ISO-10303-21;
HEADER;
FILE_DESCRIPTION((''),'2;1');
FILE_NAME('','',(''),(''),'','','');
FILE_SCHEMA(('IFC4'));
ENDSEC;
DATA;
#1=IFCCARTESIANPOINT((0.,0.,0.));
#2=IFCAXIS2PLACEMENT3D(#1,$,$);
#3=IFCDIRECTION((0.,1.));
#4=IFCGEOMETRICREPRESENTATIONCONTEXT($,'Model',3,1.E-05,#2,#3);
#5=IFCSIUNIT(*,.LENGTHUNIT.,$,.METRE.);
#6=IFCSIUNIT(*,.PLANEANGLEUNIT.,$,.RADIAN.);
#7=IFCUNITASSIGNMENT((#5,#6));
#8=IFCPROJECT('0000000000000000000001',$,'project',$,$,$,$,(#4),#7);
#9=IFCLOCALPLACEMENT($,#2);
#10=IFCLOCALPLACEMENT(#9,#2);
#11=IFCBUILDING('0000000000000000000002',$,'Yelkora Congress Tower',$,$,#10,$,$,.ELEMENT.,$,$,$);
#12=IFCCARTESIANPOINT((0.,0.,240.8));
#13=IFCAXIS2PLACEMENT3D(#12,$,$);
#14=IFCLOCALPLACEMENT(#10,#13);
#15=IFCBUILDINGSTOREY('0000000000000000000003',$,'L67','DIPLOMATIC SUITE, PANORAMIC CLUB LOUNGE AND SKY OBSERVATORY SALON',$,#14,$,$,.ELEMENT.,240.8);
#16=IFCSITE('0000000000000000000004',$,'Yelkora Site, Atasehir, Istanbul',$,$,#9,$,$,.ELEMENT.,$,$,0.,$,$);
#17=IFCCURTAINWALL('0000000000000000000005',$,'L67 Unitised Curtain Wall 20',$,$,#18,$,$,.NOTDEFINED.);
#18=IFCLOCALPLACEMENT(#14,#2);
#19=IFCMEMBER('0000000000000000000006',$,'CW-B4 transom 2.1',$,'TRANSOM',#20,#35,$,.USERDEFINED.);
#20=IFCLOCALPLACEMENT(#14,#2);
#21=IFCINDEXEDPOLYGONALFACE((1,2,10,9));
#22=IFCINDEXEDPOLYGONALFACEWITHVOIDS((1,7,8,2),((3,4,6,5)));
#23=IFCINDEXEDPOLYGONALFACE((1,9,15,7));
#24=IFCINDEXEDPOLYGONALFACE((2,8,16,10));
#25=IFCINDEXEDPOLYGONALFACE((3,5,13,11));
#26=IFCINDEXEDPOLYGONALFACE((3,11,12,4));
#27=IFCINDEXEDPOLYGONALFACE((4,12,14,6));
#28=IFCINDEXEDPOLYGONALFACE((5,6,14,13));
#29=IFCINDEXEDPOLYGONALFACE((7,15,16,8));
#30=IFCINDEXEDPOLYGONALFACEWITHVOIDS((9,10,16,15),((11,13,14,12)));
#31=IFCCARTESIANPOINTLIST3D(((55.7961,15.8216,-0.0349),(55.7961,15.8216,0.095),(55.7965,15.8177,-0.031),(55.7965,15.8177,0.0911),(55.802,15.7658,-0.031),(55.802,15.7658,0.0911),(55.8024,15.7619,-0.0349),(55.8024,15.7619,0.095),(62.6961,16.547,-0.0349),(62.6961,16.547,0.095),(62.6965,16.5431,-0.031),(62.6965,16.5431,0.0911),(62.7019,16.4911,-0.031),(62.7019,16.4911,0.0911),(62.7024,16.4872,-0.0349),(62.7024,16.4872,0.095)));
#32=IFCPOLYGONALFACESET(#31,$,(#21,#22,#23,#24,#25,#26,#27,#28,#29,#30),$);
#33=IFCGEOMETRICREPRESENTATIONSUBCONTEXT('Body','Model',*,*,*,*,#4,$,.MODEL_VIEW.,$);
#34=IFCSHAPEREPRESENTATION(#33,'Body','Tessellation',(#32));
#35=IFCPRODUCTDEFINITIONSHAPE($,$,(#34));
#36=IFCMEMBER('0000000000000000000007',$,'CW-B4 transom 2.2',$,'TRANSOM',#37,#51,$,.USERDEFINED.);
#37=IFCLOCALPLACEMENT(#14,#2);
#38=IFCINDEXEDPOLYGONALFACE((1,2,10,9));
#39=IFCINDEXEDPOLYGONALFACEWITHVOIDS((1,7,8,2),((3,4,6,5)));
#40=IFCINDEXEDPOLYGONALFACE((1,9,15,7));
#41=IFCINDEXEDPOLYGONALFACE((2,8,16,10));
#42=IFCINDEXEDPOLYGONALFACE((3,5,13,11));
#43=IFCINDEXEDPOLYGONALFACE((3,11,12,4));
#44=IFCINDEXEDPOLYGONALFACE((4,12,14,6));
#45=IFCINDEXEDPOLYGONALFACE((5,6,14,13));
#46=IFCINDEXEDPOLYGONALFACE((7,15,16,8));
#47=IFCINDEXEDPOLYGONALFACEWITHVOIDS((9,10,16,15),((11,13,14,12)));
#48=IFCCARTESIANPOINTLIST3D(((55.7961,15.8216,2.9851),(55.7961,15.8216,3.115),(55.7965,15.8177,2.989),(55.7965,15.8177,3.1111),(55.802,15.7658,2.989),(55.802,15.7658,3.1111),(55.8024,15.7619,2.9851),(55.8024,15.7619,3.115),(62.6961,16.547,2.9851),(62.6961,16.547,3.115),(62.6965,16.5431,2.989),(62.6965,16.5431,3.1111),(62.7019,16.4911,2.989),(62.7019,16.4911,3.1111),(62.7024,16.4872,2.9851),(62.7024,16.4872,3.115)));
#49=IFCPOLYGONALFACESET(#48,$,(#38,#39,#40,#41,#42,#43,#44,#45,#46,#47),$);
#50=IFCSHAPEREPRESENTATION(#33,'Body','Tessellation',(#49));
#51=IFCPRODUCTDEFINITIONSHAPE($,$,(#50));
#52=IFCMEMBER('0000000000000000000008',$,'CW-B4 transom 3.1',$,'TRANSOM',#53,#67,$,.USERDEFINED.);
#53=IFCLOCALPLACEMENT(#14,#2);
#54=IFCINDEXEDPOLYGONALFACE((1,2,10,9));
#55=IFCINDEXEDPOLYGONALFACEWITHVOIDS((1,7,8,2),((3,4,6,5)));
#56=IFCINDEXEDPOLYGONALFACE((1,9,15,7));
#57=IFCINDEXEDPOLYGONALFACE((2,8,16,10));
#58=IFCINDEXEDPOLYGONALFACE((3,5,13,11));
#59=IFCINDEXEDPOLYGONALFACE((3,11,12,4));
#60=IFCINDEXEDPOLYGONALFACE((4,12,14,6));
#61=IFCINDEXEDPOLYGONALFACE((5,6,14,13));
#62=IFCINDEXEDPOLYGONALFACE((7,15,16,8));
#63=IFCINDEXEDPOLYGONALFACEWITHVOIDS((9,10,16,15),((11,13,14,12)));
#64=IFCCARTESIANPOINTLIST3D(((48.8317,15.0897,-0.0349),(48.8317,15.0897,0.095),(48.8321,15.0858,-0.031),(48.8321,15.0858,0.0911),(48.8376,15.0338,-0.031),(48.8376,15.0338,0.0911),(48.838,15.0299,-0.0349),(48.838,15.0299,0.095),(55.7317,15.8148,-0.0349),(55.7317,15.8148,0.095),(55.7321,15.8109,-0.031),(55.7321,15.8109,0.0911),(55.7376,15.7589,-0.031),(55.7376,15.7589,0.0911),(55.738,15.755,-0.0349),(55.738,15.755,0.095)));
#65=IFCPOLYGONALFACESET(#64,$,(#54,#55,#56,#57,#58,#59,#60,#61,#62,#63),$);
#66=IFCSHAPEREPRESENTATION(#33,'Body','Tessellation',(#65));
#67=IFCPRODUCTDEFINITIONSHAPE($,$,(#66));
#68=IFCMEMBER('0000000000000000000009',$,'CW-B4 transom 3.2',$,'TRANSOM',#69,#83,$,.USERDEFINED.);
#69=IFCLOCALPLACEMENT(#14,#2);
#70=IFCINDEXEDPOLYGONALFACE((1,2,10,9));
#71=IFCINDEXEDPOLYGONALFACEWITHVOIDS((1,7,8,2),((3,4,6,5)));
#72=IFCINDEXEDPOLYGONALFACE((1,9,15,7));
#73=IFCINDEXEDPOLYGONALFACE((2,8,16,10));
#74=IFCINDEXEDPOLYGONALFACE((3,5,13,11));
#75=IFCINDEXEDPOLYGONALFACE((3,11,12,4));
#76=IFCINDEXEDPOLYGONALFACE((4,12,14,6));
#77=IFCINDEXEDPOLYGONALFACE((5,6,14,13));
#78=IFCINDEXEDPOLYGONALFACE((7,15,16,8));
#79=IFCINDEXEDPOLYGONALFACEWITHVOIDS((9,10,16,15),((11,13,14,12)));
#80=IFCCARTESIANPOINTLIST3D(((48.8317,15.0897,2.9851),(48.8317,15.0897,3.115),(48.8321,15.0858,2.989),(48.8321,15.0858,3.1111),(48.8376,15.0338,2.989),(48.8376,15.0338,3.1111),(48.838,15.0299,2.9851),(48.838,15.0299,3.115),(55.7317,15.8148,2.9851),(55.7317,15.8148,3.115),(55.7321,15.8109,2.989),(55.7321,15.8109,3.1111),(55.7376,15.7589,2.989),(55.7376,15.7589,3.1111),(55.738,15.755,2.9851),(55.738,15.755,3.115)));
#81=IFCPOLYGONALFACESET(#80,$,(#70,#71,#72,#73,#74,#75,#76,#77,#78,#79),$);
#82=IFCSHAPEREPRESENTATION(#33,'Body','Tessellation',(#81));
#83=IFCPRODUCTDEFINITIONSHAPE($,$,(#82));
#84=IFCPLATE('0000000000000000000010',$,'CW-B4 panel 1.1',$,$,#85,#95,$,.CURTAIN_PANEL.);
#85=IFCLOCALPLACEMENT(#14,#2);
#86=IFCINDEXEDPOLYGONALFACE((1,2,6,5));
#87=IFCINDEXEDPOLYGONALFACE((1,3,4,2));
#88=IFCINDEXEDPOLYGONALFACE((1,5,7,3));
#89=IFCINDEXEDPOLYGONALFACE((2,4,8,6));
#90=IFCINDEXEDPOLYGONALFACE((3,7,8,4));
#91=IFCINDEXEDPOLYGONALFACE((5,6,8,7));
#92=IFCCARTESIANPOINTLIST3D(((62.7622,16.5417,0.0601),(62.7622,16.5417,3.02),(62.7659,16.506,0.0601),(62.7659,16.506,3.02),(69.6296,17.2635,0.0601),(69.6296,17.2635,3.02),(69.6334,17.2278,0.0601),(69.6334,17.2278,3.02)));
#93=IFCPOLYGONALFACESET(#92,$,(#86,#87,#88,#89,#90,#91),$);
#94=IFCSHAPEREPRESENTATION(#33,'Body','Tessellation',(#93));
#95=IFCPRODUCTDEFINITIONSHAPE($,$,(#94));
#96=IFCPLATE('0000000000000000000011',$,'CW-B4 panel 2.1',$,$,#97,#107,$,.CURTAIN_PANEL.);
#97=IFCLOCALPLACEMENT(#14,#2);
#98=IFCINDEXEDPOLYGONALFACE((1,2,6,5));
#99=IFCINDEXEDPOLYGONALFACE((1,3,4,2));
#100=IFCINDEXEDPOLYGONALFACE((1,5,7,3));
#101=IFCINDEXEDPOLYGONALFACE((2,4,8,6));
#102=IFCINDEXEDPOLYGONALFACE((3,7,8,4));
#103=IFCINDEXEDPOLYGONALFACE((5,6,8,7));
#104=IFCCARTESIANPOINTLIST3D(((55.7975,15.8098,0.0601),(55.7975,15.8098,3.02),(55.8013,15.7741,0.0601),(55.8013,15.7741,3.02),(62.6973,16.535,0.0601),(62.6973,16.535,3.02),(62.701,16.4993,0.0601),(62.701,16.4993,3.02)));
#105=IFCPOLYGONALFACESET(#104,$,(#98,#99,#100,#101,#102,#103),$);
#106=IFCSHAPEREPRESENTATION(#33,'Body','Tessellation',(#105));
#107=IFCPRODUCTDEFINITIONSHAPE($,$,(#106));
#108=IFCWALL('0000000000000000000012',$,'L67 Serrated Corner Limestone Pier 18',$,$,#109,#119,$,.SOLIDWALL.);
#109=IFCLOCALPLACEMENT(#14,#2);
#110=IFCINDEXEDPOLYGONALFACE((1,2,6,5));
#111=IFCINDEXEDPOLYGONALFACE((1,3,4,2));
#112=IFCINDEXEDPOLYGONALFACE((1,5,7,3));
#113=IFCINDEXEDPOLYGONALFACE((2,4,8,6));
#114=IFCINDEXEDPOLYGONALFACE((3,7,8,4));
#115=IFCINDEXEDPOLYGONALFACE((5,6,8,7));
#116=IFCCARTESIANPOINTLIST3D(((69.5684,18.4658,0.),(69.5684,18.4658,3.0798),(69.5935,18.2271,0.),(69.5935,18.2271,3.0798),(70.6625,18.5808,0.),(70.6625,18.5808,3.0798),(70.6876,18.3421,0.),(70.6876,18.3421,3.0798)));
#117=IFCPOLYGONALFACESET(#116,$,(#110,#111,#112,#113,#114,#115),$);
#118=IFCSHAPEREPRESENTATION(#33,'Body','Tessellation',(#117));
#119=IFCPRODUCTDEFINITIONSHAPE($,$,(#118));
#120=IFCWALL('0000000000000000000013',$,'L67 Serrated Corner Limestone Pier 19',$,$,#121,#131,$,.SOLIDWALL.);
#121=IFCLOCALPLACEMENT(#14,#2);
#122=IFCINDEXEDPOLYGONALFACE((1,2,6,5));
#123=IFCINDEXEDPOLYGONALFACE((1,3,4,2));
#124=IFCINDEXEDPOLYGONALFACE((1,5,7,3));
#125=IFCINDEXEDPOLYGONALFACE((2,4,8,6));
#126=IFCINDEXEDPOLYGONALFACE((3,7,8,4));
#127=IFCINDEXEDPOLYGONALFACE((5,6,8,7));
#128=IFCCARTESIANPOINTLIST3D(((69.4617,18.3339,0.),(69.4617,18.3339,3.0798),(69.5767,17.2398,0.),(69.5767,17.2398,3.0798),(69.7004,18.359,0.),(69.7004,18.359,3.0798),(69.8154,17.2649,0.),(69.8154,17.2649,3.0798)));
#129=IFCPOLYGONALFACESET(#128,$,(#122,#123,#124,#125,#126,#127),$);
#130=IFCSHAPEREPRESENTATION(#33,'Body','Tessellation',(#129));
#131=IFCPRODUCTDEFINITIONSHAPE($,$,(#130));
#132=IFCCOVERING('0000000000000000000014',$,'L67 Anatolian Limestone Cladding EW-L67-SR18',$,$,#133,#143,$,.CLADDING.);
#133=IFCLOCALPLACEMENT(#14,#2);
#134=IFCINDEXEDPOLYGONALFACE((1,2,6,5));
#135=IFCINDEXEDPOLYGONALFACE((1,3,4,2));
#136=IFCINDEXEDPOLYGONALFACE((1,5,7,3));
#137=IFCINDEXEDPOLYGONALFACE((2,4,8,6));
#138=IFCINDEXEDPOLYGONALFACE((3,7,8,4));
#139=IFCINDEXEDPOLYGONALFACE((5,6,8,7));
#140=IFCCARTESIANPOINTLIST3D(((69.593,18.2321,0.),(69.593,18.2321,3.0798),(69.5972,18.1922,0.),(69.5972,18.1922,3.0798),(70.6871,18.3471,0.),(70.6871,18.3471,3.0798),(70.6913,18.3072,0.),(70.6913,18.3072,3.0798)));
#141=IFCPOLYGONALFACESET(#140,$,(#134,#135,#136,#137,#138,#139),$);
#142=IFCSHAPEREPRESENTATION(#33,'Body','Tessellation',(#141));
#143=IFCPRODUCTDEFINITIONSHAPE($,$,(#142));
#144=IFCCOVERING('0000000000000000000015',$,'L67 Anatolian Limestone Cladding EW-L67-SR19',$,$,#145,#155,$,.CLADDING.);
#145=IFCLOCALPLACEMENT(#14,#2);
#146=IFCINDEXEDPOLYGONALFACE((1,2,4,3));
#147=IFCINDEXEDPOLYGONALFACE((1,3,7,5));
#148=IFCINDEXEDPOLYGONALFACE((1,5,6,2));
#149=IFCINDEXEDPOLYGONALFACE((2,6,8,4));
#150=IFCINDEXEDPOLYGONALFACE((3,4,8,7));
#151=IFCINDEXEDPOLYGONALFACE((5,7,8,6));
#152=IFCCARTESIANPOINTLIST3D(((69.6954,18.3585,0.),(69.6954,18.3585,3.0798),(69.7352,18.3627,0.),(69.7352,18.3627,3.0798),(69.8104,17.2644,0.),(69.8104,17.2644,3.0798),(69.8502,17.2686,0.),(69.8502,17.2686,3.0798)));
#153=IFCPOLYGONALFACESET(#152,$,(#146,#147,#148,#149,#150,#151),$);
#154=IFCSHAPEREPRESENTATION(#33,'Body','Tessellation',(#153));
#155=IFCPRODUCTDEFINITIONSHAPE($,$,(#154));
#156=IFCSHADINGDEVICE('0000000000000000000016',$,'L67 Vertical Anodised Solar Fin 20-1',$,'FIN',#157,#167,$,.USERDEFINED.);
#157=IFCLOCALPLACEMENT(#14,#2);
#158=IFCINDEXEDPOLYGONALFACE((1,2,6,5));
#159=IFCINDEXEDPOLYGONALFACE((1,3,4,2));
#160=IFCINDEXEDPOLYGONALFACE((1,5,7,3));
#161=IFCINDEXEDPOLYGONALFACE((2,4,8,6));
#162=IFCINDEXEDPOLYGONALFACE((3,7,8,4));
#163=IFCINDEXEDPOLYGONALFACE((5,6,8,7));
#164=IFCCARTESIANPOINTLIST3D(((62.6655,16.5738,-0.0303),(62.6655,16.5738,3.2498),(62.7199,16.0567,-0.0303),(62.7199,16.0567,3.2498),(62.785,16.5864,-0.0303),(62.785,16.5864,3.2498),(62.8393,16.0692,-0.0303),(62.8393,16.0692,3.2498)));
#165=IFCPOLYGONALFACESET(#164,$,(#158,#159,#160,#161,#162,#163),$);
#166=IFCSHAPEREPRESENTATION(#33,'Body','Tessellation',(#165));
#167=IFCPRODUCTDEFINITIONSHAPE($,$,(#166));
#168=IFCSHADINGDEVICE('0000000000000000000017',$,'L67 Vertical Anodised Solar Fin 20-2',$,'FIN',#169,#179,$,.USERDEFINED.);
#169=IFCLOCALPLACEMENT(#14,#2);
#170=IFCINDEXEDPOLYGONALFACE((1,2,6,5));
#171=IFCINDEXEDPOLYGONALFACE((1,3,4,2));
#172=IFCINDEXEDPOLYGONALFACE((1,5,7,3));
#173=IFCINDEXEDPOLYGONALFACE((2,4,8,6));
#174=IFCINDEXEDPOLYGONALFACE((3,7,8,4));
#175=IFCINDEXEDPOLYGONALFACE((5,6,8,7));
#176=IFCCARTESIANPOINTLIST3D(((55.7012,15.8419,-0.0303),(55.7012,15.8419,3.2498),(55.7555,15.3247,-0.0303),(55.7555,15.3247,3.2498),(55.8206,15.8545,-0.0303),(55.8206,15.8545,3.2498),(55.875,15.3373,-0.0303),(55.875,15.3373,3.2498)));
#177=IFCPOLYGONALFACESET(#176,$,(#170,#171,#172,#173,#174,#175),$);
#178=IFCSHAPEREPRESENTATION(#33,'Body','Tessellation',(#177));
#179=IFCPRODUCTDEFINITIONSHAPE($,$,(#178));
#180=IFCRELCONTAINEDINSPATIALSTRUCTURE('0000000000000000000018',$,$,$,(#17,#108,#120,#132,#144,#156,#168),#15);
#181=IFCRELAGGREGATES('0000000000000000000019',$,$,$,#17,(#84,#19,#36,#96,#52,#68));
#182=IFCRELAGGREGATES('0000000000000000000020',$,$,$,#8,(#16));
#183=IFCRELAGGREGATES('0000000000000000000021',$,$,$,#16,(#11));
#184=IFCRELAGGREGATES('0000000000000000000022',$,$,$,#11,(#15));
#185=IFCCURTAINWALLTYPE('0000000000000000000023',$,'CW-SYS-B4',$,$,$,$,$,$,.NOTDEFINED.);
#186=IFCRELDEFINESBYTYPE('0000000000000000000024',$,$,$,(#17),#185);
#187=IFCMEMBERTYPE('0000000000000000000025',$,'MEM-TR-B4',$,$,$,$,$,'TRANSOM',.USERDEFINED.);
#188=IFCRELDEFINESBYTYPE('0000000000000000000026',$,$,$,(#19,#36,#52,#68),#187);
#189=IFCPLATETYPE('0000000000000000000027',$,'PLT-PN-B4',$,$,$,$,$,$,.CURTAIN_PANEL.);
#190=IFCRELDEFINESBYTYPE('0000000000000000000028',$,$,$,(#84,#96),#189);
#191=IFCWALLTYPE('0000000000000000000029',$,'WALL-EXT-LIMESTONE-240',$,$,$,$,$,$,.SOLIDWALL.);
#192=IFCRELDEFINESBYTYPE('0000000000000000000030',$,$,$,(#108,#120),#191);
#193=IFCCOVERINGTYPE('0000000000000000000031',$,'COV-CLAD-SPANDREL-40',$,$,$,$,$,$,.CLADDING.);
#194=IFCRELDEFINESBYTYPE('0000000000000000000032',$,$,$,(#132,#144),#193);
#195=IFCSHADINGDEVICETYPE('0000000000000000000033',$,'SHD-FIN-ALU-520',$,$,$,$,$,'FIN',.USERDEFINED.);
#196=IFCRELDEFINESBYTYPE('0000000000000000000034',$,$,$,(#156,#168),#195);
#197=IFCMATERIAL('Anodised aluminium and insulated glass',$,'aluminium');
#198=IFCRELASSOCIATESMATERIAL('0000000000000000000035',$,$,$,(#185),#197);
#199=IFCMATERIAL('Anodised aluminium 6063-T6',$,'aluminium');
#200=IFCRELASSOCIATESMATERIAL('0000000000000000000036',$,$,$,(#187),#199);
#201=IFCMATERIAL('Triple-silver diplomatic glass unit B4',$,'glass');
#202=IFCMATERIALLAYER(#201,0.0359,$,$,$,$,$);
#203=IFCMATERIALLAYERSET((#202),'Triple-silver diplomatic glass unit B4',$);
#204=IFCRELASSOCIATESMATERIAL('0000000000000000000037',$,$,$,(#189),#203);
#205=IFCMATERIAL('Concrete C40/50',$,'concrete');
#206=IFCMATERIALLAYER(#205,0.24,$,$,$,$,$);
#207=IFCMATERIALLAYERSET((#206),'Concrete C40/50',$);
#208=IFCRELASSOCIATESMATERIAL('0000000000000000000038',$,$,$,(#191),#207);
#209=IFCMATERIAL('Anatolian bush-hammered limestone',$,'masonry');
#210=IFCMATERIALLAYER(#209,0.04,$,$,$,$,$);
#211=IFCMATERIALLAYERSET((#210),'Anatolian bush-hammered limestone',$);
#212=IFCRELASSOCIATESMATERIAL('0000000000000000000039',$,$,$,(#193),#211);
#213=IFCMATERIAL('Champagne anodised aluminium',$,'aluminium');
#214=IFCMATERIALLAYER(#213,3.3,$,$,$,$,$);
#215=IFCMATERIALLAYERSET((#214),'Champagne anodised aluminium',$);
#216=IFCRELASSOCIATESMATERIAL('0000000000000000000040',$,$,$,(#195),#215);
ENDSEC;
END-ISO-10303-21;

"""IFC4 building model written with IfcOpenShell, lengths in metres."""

from ifc_helpers import new_model, si_unit, direction, frame, frame_2d, origin, origin_2d, place, context, subcontext, project, spatial, rectangle, hollow_rectangle, extrude, material, layer, layer_set, material_profile, profile_set, type_object, element, aggregate, save


model = new_model("IFC4")

# Units and contexts
model_context = context("Model", 3, precision=1e-05, world=origin(), true_north=direction((0.0, 1.0)))
body_context = subcontext(model_context, "Body", "Model", "MODEL_VIEW")
ifc_project = project(units=[si_unit("LENGTHUNIT", "METRE"), si_unit("PLANEANGLEUNIT", "RADIAN")], contexts=[model_context])

# Site, building, storey
site_placement = place(None, origin())
site = spatial("IfcSite", under=ifc_project, at=site_placement, Name="Yelkora Site, Atasehir, Istanbul", CompositionType="ELEMENT", RefElevation=0.0)
building_placement = place(site_placement, origin())
building = spatial("IfcBuilding", under=site, at=building_placement, Name="Yelkora Congress Tower", CompositionType="ELEMENT")
storey_placement = place(building_placement, frame((0.0, 0.0, 240.8)))
storey = spatial("IfcBuildingStorey", under=building, at=storey_placement, Name="L67", Description="DIPLOMATIC SUITE, PANORAMIC CLUB LOUNGE AND SKY OBSERVATORY SALON", CompositionType="ELEMENT", Elevation=240.8)

# Curtain wall, members, plates
ifc_material_1 = material(Name="Anodised aluminium and insulated glass", Category="aluminium")
curtain_wall_type = type_object("IfcCurtainWallType", Name="CW-SYS-B4", PredefinedType="NOTDEFINED", material=ifc_material_1)
curtain_wall_placement = place(storey_placement, origin())
curtain_wall = element("IfcCurtainWall", 1, at=curtain_wall_placement, inside=storey, type_object=curtain_wall_type, Name="L67 Unitised Curtain Wall 20", PredefinedType="NOTDEFINED")
ifc_material_2 = material(Name="Anodised aluminium 6063-T6", Category="aluminium")
ifc_material_profile_1 = material_profile(ifc_material_2, hollow_rectangle(XDim=0.0601, YDim=0.1299, WallThickness=0.0039, at=origin_2d()), Name="ALU 60x130x4")
ifc_profile_set_1 = profile_set([ifc_material_profile_1], Name="Anodised aluminium 6063-T6")
member_type_1 = type_object("IfcMemberType", Name="MEM-TR-B4", ElementType="TRANSOM", PredefinedType="USERDEFINED", material=ifc_profile_set_1)
member_1_placement = place(storey_placement, frame((62.6992, 16.5171, 0.03), z_axis=(-0.99452, -0.104547, 0.0), x_axis=(0.104547, -0.99452, 0.0)))
member_1 = element("IfcMember", 2, at=member_1_placement, type_object=member_type_1, Name="CW-B4 transom 2.1", ObjectType="TRANSOM", PredefinedType="USERDEFINED", context=body_context, shape_type="SweptSolid", body=[
    extrude(hollow_rectangle(XDim=0.0601, YDim=0.1299, WallThickness=0.0039, at=origin_2d()), origin(), (0.0, 0.0, 1.0), 6.938),
])
member_2_placement = place(storey_placement, frame((62.6992, 16.5171, 3.05), z_axis=(-0.99452, -0.104547, 0.0), x_axis=(0.104547, -0.99452, 0.0)))
member_2 = element("IfcMember", 3, at=member_2_placement, type_object=member_type_1, Name="CW-B4 transom 2.2", ObjectType="TRANSOM", PredefinedType="USERDEFINED", context=body_context, shape_type="SweptSolid", body=[
    extrude(hollow_rectangle(XDim=0.0601, YDim=0.1299, WallThickness=0.0039, at=origin_2d()), origin(), (0.0, 0.0, 1.0), 6.938),
])
member_3_placement = place(storey_placement, frame((55.7349, 15.7849, 0.03), z_axis=(-0.994524, -0.104513, 0.0), x_axis=(0.104513, -0.994524, 0.0)))
member_3 = element("IfcMember", 4, at=member_3_placement, type_object=member_type_1, Name="CW-B4 transom 3.1", ObjectType="TRANSOM", PredefinedType="USERDEFINED", context=body_context, shape_type="SweptSolid", body=[
    extrude(hollow_rectangle(XDim=0.0601, YDim=0.1299, WallThickness=0.0039, at=origin_2d()), origin(), (0.0, 0.0, 1.0), 6.938),
])
member_4_placement = place(storey_placement, frame((55.7349, 15.7849, 3.05), z_axis=(-0.994524, -0.104513, 0.0), x_axis=(0.104513, -0.994524, 0.0)))
member_4 = element("IfcMember", 5, at=member_4_placement, type_object=member_type_1, Name="CW-B4 transom 3.2", ObjectType="TRANSOM", PredefinedType="USERDEFINED", context=body_context, shape_type="SweptSolid", body=[
    extrude(hollow_rectangle(XDim=0.0601, YDim=0.1299, WallThickness=0.0039, at=origin_2d()), origin(), (0.0, 0.0, 1.0), 6.938),
])
ifc_material_3 = material(Name="Triple-silver diplomatic glass unit B4", Category="glass")
ifc_layer_1 = layer(ifc_material_3, 0.0359)
ifc_layer_set_1 = layer_set([ifc_layer_1], Name="Triple-silver diplomatic glass unit B4")
plate_type = type_object("IfcPlateType", Name="PLT-PN-B4", PredefinedType="CURTAIN_PANEL", material=ifc_layer_set_1)
plate_1_placement = place(storey_placement, frame((66.1978, 16.8848, 0.0601), z_axis=(0.0, 0.0, 1.0), x_axis=(-0.994522, -0.104527, 0.0)))
plate_1 = element("IfcPlate", 6, at=plate_1_placement, type_object=plate_type, Name="CW-B4 panel 1.1", PredefinedType="CURTAIN_PANEL", context=body_context, shape_type="SweptSolid", body=[
    extrude(rectangle(XDim=6.9053, YDim=0.0359, at=origin_2d()), origin(), (0.0, 0.0, 1.0), 2.96),
])
plate_2_placement = place(storey_placement, frame((59.2493, 16.1545, 0.0601), z_axis=(0.0, 0.0, 1.0), x_axis=(-0.994522, -0.104527, 0.0)))
plate_2 = element("IfcPlate", 7, at=plate_2_placement, type_object=plate_type, Name="CW-B4 panel 2.1", PredefinedType="CURTAIN_PANEL", context=body_context, shape_type="SweptSolid", body=[
    extrude(rectangle(XDim=6.9377, YDim=0.0359, at=origin_2d()), origin(), (0.0, 0.0, 1.0), 2.96),
])
aggregate(curtain_wall, [plate_1, member_1, member_2, plate_2, member_3, member_4])

# Walls
ifc_material_4 = material(Name="Concrete C40/50", Category="concrete")
ifc_layer_2 = layer(ifc_material_4, 0.24)
ifc_layer_set_2 = layer_set([ifc_layer_2], Name="Concrete C40/50")
wall_type = type_object("IfcWallType", Name="WALL-EXT-LIMESTONE-240", PredefinedType="SOLIDWALL", material=ifc_layer_set_2)
for number, where, z_axis, x_axis, name in (
    (8, (70.675, 18.4614, 0.0), (0.0, 0.0, 1.0), (-0.994521, -0.104535, 0.0), "L67 Serrated Corner Limestone Pier 18"),
    (9, (69.5811, 18.3464, 0.0), (0.0, 0.0, 1.0), (0.104535, -0.994521, 0.0), "L67 Serrated Corner Limestone Pier 19"),
):
    element("IfcWall", number, at=place(storey_placement, frame(where, z_axis=z_axis, x_axis=x_axis)), inside=storey, type_object=wall_type, Name=name, PredefinedType="SOLIDWALL", context=body_context, shape_type="SweptSolid", body=[
        extrude(rectangle(XDim=1.1001, YDim=0.24, at=frame_2d((0.55, 0.0))), origin(), (0.0, 0.0, 1.0), 3.0798),
    ])

# Coverings
ifc_material_5 = material(Name="Anatolian bush-hammered limestone", Category="masonry")
ifc_layer_3 = layer(ifc_material_5, 0.04)
ifc_layer_set_3 = layer_set([ifc_layer_3], Name="Anatolian bush-hammered limestone")
covering_type = type_object("IfcCoveringType", Name="COV-CLAD-SPANDREL-40", PredefinedType="CLADDING", material=ifc_layer_set_3)
for number, where, z_axis, x_axis, name in (
    (10, (70.6892, 18.3271, 0.0), (0.0, 0.0, 1.0), (-0.994521, -0.104535, 0.0), "L67 Anatolian Limestone Cladding EW-L67-SR18"),
    (11, (69.7153, 18.3606, 0.0), (0.0, 0.0, 1.0), (0.104535, -0.994521, 0.0), "L67 Anatolian Limestone Cladding EW-L67-SR19"),
):
    element("IfcCovering", number, at=place(storey_placement, frame(where, z_axis=z_axis, x_axis=x_axis)), inside=storey, type_object=covering_type, Name=name, PredefinedType="CLADDING", context=body_context, shape_type="SweptSolid", body=[
        extrude(rectangle(XDim=1.1001, YDim=0.04, at=frame_2d((0.55, 0.0))), origin(), (0.0, 0.0, 1.0), 3.0798),
    ])

# Shading devices
ifc_material_6 = material(Name="Champagne anodised aluminium", Category="aluminium")
ifc_layer_4 = layer(ifc_material_6, 3.3)
ifc_layer_set_4 = layer_set([ifc_layer_4], Name="Champagne anodised aluminium")
shading_device_type = type_object("IfcShadingDeviceType", Name="SHD-FIN-ALU-520", ElementType="FIN", PredefinedType="USERDEFINED", material=ifc_layer_set_4)
for number, where, z_axis, x_axis, name in (
    (12, (62.7524, 16.3215, -0.0303), (0.0, 0.0, 1.0), (-0.994522, -0.104528, 0.0), "L67 Vertical Anodised Solar Fin 20-1"),
    (13, (55.7881, 15.5896, -0.0303), (0.0, 0.0, 1.0), (-0.994522, -0.104528, 0.0), "L67 Vertical Anodised Solar Fin 20-2"),
):
    element("IfcShadingDevice", number, at=place(storey_placement, frame(where, z_axis=z_axis, x_axis=x_axis)), inside=storey, type_object=shading_device_type, Name=name, ObjectType="FIN", PredefinedType="USERDEFINED", context=body_context, shape_type="SweptSolid", body=[
        extrude(rectangle(XDim=0.1201, YDim=0.52, at=origin_2d()), origin(), (0.0, 0.0, 1.0), 3.28),
    ])

save(model, "model.ifc")
